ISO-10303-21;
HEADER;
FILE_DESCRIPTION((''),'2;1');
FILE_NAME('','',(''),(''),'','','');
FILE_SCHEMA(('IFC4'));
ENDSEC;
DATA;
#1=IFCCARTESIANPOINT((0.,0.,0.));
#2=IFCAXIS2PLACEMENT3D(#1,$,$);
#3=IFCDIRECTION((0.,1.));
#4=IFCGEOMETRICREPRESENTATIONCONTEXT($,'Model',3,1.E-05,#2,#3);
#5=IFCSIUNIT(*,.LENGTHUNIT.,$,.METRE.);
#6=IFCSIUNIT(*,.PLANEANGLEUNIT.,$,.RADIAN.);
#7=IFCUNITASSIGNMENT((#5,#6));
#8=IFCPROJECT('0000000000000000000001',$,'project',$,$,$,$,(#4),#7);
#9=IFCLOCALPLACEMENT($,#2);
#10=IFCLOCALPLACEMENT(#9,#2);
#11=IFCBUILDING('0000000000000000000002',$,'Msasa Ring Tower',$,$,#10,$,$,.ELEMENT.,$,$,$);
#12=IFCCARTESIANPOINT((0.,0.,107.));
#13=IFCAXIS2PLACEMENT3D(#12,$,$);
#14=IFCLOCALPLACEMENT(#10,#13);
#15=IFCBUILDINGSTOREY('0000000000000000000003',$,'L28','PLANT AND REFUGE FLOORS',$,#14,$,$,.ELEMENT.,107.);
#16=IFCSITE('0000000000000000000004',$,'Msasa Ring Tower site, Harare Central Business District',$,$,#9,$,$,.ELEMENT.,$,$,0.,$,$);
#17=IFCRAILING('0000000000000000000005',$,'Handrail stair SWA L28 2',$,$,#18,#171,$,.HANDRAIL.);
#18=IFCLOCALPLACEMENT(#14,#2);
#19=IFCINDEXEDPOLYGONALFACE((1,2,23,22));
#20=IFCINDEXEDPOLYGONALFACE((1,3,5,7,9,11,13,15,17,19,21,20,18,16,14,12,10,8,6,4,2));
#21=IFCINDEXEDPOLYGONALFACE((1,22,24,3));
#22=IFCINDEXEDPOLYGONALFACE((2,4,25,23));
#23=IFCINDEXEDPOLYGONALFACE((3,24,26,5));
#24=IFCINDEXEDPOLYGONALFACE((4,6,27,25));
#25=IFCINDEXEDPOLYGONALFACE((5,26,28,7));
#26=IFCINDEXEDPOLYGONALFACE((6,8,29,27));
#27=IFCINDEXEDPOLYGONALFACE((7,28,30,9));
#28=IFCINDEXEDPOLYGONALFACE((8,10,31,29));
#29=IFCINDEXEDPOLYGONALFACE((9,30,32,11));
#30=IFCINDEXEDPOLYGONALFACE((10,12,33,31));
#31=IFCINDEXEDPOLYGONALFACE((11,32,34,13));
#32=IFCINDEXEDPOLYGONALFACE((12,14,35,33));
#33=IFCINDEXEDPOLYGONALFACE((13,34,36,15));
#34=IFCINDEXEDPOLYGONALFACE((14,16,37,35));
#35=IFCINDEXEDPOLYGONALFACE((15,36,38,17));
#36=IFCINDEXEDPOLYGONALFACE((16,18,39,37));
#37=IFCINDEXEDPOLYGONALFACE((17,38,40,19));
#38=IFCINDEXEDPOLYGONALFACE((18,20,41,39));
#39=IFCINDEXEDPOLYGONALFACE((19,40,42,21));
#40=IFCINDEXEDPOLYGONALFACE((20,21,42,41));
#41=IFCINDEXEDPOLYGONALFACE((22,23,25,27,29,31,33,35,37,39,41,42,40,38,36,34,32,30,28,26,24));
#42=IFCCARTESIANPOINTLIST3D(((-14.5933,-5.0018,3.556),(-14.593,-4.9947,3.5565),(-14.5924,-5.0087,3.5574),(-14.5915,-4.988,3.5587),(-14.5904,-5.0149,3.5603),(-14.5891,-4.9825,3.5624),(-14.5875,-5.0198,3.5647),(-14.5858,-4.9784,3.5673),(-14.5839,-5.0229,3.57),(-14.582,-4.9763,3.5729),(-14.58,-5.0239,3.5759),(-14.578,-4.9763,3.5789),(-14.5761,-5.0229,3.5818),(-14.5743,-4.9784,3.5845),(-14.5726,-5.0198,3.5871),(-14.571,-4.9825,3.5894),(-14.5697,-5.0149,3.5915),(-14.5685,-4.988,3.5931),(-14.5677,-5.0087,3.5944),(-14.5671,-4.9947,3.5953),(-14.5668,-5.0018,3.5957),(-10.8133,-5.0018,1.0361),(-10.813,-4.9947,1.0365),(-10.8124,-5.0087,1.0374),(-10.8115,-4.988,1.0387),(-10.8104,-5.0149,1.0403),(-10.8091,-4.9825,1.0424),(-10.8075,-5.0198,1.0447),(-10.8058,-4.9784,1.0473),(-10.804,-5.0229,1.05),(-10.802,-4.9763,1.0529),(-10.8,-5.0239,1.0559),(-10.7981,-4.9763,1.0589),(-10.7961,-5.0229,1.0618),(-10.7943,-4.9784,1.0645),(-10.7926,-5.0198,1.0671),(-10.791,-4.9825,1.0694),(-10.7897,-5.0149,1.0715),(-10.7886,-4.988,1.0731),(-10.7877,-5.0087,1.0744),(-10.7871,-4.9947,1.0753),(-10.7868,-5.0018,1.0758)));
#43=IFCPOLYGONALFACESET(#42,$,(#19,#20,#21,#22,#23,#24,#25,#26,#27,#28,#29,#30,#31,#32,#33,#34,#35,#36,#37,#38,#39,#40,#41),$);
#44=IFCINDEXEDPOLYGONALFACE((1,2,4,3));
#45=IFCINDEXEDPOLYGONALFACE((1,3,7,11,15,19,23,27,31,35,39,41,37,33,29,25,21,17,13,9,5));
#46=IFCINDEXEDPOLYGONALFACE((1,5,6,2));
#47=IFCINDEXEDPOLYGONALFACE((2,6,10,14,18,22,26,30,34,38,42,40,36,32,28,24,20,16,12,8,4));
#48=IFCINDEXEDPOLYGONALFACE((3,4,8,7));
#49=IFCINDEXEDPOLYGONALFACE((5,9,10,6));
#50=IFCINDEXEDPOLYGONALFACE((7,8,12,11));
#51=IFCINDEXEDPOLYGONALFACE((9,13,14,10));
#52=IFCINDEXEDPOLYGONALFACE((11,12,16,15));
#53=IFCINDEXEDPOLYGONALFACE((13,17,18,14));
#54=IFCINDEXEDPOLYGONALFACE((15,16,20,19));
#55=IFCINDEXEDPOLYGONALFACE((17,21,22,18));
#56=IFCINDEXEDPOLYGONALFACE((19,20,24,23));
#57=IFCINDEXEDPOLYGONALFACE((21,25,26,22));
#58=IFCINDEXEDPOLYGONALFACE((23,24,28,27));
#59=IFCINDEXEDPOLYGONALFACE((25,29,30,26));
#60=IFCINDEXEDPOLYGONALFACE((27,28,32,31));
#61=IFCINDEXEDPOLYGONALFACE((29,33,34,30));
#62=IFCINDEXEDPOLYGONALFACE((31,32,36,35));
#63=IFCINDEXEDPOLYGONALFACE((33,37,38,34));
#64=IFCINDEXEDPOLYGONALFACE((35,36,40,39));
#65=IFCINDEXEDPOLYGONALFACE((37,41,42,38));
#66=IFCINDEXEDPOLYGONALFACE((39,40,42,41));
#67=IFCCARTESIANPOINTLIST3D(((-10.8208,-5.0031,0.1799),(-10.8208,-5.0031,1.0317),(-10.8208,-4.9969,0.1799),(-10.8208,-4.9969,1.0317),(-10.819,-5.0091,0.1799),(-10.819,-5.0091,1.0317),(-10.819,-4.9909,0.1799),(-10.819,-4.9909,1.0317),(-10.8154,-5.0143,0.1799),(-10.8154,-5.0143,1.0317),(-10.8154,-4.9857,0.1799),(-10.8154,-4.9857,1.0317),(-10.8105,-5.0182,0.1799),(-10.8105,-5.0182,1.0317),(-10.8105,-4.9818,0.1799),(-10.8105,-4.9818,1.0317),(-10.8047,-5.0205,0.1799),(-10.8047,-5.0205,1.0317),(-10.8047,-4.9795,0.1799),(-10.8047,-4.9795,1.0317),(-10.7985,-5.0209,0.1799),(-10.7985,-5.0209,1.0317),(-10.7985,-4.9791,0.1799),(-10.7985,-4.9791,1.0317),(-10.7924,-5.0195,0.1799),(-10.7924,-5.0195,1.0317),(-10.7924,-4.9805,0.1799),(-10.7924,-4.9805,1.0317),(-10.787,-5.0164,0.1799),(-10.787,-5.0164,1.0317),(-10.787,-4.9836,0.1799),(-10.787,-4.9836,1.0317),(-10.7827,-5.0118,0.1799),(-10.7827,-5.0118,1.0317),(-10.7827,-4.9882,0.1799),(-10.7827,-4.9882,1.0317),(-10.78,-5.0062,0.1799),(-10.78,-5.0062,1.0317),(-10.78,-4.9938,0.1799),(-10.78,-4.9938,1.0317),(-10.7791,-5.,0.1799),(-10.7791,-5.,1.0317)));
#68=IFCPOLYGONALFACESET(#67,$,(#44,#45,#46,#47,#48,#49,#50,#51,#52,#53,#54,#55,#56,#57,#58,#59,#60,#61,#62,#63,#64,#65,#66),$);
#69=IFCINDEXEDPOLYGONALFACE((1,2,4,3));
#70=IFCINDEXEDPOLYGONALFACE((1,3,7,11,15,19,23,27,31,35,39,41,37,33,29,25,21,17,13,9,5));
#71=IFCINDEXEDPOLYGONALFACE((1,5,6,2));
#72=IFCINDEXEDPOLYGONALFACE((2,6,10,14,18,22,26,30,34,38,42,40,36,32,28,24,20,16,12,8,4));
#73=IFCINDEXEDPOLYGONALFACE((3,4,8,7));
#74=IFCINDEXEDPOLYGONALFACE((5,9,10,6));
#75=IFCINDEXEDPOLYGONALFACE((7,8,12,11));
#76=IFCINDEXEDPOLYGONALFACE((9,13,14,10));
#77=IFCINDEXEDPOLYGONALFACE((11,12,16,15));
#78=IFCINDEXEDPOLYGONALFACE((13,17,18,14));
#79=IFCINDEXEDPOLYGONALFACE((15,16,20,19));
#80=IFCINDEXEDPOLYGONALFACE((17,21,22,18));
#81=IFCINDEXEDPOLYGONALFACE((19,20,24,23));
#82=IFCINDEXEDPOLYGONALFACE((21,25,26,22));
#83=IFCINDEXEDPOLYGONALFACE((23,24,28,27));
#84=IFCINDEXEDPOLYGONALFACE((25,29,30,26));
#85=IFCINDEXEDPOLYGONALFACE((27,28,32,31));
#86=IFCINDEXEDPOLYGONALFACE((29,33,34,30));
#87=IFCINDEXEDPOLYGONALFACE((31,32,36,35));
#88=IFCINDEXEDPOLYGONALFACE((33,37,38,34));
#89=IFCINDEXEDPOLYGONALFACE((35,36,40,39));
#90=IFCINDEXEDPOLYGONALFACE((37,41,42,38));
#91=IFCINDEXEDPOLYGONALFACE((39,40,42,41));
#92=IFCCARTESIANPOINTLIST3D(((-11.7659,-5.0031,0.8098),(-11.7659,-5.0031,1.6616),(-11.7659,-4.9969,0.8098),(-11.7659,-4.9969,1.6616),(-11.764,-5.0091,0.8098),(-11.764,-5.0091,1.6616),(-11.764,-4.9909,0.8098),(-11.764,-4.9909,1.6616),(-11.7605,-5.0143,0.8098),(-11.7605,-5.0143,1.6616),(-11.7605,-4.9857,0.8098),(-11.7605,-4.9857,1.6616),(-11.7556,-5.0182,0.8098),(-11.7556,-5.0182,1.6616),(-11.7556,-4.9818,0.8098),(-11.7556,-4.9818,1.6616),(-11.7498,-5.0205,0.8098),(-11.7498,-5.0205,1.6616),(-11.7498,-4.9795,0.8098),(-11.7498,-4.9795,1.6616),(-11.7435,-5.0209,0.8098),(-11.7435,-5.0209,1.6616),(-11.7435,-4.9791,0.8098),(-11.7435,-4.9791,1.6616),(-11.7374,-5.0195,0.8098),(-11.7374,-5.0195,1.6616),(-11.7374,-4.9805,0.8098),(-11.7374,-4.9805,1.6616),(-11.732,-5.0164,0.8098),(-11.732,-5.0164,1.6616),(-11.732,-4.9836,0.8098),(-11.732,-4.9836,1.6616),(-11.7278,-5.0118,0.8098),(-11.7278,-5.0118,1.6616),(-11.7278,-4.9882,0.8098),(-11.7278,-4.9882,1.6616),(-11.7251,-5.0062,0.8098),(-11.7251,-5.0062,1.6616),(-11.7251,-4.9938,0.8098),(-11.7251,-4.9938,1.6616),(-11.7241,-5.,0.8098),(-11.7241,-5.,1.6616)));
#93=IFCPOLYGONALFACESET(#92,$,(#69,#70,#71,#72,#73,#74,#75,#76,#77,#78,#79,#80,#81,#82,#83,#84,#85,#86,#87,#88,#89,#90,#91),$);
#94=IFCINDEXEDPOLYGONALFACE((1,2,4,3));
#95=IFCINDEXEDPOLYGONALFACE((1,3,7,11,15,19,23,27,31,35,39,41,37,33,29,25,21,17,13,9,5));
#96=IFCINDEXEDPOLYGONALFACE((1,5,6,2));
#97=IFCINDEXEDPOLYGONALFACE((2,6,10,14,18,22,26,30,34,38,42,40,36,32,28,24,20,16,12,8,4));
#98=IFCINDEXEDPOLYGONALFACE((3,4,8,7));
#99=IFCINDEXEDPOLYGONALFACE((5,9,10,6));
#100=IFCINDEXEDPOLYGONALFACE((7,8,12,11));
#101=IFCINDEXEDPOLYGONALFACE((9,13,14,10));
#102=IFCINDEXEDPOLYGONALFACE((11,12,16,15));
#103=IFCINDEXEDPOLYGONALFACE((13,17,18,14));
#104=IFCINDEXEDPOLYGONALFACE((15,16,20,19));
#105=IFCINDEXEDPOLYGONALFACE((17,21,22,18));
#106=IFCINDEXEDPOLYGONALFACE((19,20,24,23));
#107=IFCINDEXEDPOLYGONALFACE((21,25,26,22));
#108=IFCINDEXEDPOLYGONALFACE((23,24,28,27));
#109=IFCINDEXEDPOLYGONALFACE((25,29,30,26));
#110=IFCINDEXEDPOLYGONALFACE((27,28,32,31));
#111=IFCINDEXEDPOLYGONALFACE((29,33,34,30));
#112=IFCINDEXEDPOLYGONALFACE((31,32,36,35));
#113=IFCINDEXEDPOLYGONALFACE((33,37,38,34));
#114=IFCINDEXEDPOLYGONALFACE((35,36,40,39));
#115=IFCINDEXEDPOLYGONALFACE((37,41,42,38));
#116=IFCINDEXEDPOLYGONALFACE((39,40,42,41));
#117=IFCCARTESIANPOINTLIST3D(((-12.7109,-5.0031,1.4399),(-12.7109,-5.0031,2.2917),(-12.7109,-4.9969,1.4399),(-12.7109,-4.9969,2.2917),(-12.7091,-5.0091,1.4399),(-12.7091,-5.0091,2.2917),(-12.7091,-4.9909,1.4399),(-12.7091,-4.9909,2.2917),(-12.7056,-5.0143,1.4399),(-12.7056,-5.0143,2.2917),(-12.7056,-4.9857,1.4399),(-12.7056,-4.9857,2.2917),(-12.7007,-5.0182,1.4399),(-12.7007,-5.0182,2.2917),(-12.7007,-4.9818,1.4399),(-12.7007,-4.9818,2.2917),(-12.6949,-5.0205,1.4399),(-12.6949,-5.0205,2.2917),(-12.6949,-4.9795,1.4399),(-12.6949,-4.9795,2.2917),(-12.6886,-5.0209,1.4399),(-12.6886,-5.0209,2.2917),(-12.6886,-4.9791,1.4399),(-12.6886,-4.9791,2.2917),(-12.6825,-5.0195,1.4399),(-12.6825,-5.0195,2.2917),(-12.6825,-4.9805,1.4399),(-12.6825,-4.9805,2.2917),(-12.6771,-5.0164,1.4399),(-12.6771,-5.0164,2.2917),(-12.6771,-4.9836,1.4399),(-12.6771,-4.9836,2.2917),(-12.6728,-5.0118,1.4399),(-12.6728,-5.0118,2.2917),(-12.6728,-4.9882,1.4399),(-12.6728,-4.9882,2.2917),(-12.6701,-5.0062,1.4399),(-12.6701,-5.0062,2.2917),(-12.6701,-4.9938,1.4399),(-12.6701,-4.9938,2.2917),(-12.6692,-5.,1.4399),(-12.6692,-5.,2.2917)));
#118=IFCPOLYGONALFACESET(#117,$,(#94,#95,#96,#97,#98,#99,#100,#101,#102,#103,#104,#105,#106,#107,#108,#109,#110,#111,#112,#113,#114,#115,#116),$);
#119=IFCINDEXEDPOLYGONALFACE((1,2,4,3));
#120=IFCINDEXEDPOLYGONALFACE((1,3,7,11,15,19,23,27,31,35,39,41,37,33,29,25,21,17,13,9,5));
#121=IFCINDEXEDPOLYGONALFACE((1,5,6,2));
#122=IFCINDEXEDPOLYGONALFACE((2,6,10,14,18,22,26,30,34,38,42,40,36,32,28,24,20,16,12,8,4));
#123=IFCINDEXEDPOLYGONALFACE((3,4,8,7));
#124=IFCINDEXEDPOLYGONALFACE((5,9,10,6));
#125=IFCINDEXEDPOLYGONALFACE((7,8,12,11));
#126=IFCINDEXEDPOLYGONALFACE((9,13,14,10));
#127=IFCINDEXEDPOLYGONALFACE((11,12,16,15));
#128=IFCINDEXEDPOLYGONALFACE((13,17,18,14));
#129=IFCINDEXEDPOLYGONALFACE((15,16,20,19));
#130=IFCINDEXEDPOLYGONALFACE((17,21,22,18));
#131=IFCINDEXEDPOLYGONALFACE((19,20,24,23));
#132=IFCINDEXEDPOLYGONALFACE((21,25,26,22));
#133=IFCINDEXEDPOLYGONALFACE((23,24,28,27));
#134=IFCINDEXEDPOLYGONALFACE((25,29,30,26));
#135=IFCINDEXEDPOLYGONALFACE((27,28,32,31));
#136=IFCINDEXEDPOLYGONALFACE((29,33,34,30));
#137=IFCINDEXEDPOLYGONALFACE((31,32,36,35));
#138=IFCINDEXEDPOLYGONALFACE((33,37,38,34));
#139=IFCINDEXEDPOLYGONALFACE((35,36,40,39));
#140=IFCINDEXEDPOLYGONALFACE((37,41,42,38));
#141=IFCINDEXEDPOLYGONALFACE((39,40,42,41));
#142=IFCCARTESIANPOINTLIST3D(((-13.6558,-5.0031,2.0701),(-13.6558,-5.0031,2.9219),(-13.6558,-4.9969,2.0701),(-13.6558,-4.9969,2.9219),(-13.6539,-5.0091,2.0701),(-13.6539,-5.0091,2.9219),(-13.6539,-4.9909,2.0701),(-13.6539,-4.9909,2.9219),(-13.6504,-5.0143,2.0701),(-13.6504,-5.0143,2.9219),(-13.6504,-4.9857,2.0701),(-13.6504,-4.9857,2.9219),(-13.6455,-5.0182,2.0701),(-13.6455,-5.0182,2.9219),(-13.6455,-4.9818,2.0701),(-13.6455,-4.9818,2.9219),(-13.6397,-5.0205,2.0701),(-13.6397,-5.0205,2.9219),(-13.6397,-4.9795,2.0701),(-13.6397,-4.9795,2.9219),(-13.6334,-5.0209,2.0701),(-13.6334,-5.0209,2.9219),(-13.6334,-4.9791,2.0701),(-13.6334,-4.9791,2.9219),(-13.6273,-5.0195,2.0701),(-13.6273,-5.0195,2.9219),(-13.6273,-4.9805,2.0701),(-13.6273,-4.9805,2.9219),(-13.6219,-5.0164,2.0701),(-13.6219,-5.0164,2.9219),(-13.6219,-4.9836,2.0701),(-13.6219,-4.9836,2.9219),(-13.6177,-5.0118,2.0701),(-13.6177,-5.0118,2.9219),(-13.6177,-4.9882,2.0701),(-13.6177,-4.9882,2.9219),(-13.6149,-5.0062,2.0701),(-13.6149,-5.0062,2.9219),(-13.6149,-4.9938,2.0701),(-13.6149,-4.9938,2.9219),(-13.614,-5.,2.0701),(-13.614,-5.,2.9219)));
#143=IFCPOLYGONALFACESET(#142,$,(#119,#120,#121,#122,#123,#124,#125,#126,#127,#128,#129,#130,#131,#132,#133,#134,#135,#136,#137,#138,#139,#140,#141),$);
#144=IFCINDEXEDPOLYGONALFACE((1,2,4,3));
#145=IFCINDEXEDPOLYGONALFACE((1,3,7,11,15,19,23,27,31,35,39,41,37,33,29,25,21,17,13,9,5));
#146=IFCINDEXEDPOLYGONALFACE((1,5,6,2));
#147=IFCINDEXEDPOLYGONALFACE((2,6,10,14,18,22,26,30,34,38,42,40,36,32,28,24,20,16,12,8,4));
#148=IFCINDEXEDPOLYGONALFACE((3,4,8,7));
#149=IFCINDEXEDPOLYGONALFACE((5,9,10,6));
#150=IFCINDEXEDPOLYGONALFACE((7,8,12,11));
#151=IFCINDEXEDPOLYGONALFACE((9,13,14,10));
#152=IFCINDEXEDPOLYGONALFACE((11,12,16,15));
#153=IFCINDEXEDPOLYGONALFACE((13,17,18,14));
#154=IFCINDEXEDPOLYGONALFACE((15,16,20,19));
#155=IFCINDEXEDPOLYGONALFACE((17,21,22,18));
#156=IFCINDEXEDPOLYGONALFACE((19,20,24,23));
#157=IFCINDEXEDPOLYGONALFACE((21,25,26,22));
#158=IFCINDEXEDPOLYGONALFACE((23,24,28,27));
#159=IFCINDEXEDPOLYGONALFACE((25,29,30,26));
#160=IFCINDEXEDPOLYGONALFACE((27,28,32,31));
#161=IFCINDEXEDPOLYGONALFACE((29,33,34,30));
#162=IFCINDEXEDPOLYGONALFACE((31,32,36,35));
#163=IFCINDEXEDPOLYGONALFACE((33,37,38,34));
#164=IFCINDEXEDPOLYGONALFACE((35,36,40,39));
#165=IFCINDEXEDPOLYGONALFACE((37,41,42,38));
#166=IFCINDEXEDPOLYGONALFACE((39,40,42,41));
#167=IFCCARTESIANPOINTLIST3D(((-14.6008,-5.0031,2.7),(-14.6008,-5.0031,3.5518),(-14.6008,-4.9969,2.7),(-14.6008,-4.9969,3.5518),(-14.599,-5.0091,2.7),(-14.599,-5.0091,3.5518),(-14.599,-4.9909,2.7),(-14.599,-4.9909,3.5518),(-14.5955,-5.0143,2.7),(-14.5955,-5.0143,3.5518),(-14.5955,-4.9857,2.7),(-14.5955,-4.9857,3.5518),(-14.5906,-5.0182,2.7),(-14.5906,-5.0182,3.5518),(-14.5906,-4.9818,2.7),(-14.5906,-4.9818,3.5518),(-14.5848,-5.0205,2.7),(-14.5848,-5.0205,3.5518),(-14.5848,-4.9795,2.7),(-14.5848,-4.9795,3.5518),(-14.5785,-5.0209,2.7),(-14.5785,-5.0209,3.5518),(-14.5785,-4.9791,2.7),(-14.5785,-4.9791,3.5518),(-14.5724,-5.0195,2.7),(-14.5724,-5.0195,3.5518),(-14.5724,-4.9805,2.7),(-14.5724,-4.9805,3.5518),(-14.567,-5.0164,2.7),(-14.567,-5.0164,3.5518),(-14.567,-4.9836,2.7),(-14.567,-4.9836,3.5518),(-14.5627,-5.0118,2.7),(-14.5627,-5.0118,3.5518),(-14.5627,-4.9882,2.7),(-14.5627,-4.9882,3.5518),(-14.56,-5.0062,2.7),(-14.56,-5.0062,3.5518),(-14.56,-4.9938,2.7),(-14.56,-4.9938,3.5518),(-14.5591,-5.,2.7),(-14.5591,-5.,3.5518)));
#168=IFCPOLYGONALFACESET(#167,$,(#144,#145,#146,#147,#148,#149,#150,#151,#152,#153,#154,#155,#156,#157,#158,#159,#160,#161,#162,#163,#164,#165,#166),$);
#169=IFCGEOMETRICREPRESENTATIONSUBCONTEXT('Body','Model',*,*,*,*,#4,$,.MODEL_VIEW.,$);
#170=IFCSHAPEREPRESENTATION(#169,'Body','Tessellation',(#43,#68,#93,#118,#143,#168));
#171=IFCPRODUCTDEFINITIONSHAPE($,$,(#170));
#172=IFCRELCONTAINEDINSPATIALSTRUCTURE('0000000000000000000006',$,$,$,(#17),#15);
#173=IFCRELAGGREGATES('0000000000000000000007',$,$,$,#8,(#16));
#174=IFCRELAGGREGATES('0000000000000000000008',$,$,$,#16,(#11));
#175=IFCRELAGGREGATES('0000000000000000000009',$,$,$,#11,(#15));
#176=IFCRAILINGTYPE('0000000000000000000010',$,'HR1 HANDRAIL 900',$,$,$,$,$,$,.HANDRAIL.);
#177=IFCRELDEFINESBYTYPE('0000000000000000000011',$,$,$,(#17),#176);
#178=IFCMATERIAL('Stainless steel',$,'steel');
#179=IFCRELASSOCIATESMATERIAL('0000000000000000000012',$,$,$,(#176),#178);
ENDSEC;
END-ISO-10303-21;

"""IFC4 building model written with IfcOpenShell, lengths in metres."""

from ifc_helpers import new_model, si_unit, direction, frame, origin, origin_2d, place, context, subcontext, project, spatial, circle, extrude, material, type_object, element, save


model = new_model("IFC4")

# Units and contexts
model_context = context("Model", 3, precision=1e-05, world=origin(), true_north=direction((0.0, 1.0)))
body_context = subcontext(model_context, "Body", "Model", "MODEL_VIEW")
ifc_project = project(units=[si_unit("LENGTHUNIT", "METRE"), si_unit("PLANEANGLEUNIT", "RADIAN")], contexts=[model_context])

# Site, building, storey
site_placement = place(None, origin())
site = spatial("IfcSite", under=ifc_project, at=site_placement, Name="Msasa Ring Tower site, Harare Central Business District", CompositionType="ELEMENT", RefElevation=0.0)
building_placement = place(site_placement, origin())
building = spatial("IfcBuilding", under=site, at=building_placement, Name="Msasa Ring Tower", CompositionType="ELEMENT")
storey_placement = place(building_placement, frame((0.0, 0.0, 107.0)))
storey = spatial("IfcBuildingStorey", under=building, at=storey_placement, Name="L28", Description="PLANT AND REFUGE FLOORS", CompositionType="ELEMENT", Elevation=107.0)

# Railing
ifc_material_1 = material(Name="Stainless steel", Category="steel")
railing_type_1 = type_object("IfcRailingType", Name="HR1 HANDRAIL 900", PredefinedType="HANDRAIL", material=ifc_material_1)
for number, where, name in (
    (1, (-10.8, -5.0, 0.1799), "Handrail stair SWA L28 2"),
):
    element("IfcRailing", number, at=place(storey_placement, frame(where)), inside=storey, type_object=railing_type_1, Name=name, PredefinedType="HANDRAIL", context=body_context, shape_type="SweptSolid", body=[
        extrude(circle(Radius=0.0239, at=origin_2d()), frame((0.0, 0.0, 0.876), z_axis=(-0.83205, 0.0, 0.5547), x_axis=(0.0, -1.0, 0.0)), (0.0, 0.0, 1.0), 4.543),
        extrude(circle(Radius=0.021, at=origin_2d()), origin(), (0.0, 0.0, 1.0), 0.8518),
        extrude(circle(Radius=0.021, at=origin_2d()), frame((-0.9451, 0.0, 0.6299)), (0.0, 0.0, 1.0), 0.8518),
        extrude(circle(Radius=0.021, at=origin_2d()), frame((-1.8901, 0.0, 1.26)), (0.0, 0.0, 1.0), 0.8518),
        extrude(circle(Radius=0.021, at=origin_2d()), frame((-2.835, 0.0, 1.8901)), (0.0, 0.0, 1.0), 0.8518),
        extrude(circle(Radius=0.021, at=origin_2d()), frame((-3.78, 0.0, 2.52)), (0.0, 0.0, 1.0), 0.8518),
    ])

save(model, "model.ifc")
